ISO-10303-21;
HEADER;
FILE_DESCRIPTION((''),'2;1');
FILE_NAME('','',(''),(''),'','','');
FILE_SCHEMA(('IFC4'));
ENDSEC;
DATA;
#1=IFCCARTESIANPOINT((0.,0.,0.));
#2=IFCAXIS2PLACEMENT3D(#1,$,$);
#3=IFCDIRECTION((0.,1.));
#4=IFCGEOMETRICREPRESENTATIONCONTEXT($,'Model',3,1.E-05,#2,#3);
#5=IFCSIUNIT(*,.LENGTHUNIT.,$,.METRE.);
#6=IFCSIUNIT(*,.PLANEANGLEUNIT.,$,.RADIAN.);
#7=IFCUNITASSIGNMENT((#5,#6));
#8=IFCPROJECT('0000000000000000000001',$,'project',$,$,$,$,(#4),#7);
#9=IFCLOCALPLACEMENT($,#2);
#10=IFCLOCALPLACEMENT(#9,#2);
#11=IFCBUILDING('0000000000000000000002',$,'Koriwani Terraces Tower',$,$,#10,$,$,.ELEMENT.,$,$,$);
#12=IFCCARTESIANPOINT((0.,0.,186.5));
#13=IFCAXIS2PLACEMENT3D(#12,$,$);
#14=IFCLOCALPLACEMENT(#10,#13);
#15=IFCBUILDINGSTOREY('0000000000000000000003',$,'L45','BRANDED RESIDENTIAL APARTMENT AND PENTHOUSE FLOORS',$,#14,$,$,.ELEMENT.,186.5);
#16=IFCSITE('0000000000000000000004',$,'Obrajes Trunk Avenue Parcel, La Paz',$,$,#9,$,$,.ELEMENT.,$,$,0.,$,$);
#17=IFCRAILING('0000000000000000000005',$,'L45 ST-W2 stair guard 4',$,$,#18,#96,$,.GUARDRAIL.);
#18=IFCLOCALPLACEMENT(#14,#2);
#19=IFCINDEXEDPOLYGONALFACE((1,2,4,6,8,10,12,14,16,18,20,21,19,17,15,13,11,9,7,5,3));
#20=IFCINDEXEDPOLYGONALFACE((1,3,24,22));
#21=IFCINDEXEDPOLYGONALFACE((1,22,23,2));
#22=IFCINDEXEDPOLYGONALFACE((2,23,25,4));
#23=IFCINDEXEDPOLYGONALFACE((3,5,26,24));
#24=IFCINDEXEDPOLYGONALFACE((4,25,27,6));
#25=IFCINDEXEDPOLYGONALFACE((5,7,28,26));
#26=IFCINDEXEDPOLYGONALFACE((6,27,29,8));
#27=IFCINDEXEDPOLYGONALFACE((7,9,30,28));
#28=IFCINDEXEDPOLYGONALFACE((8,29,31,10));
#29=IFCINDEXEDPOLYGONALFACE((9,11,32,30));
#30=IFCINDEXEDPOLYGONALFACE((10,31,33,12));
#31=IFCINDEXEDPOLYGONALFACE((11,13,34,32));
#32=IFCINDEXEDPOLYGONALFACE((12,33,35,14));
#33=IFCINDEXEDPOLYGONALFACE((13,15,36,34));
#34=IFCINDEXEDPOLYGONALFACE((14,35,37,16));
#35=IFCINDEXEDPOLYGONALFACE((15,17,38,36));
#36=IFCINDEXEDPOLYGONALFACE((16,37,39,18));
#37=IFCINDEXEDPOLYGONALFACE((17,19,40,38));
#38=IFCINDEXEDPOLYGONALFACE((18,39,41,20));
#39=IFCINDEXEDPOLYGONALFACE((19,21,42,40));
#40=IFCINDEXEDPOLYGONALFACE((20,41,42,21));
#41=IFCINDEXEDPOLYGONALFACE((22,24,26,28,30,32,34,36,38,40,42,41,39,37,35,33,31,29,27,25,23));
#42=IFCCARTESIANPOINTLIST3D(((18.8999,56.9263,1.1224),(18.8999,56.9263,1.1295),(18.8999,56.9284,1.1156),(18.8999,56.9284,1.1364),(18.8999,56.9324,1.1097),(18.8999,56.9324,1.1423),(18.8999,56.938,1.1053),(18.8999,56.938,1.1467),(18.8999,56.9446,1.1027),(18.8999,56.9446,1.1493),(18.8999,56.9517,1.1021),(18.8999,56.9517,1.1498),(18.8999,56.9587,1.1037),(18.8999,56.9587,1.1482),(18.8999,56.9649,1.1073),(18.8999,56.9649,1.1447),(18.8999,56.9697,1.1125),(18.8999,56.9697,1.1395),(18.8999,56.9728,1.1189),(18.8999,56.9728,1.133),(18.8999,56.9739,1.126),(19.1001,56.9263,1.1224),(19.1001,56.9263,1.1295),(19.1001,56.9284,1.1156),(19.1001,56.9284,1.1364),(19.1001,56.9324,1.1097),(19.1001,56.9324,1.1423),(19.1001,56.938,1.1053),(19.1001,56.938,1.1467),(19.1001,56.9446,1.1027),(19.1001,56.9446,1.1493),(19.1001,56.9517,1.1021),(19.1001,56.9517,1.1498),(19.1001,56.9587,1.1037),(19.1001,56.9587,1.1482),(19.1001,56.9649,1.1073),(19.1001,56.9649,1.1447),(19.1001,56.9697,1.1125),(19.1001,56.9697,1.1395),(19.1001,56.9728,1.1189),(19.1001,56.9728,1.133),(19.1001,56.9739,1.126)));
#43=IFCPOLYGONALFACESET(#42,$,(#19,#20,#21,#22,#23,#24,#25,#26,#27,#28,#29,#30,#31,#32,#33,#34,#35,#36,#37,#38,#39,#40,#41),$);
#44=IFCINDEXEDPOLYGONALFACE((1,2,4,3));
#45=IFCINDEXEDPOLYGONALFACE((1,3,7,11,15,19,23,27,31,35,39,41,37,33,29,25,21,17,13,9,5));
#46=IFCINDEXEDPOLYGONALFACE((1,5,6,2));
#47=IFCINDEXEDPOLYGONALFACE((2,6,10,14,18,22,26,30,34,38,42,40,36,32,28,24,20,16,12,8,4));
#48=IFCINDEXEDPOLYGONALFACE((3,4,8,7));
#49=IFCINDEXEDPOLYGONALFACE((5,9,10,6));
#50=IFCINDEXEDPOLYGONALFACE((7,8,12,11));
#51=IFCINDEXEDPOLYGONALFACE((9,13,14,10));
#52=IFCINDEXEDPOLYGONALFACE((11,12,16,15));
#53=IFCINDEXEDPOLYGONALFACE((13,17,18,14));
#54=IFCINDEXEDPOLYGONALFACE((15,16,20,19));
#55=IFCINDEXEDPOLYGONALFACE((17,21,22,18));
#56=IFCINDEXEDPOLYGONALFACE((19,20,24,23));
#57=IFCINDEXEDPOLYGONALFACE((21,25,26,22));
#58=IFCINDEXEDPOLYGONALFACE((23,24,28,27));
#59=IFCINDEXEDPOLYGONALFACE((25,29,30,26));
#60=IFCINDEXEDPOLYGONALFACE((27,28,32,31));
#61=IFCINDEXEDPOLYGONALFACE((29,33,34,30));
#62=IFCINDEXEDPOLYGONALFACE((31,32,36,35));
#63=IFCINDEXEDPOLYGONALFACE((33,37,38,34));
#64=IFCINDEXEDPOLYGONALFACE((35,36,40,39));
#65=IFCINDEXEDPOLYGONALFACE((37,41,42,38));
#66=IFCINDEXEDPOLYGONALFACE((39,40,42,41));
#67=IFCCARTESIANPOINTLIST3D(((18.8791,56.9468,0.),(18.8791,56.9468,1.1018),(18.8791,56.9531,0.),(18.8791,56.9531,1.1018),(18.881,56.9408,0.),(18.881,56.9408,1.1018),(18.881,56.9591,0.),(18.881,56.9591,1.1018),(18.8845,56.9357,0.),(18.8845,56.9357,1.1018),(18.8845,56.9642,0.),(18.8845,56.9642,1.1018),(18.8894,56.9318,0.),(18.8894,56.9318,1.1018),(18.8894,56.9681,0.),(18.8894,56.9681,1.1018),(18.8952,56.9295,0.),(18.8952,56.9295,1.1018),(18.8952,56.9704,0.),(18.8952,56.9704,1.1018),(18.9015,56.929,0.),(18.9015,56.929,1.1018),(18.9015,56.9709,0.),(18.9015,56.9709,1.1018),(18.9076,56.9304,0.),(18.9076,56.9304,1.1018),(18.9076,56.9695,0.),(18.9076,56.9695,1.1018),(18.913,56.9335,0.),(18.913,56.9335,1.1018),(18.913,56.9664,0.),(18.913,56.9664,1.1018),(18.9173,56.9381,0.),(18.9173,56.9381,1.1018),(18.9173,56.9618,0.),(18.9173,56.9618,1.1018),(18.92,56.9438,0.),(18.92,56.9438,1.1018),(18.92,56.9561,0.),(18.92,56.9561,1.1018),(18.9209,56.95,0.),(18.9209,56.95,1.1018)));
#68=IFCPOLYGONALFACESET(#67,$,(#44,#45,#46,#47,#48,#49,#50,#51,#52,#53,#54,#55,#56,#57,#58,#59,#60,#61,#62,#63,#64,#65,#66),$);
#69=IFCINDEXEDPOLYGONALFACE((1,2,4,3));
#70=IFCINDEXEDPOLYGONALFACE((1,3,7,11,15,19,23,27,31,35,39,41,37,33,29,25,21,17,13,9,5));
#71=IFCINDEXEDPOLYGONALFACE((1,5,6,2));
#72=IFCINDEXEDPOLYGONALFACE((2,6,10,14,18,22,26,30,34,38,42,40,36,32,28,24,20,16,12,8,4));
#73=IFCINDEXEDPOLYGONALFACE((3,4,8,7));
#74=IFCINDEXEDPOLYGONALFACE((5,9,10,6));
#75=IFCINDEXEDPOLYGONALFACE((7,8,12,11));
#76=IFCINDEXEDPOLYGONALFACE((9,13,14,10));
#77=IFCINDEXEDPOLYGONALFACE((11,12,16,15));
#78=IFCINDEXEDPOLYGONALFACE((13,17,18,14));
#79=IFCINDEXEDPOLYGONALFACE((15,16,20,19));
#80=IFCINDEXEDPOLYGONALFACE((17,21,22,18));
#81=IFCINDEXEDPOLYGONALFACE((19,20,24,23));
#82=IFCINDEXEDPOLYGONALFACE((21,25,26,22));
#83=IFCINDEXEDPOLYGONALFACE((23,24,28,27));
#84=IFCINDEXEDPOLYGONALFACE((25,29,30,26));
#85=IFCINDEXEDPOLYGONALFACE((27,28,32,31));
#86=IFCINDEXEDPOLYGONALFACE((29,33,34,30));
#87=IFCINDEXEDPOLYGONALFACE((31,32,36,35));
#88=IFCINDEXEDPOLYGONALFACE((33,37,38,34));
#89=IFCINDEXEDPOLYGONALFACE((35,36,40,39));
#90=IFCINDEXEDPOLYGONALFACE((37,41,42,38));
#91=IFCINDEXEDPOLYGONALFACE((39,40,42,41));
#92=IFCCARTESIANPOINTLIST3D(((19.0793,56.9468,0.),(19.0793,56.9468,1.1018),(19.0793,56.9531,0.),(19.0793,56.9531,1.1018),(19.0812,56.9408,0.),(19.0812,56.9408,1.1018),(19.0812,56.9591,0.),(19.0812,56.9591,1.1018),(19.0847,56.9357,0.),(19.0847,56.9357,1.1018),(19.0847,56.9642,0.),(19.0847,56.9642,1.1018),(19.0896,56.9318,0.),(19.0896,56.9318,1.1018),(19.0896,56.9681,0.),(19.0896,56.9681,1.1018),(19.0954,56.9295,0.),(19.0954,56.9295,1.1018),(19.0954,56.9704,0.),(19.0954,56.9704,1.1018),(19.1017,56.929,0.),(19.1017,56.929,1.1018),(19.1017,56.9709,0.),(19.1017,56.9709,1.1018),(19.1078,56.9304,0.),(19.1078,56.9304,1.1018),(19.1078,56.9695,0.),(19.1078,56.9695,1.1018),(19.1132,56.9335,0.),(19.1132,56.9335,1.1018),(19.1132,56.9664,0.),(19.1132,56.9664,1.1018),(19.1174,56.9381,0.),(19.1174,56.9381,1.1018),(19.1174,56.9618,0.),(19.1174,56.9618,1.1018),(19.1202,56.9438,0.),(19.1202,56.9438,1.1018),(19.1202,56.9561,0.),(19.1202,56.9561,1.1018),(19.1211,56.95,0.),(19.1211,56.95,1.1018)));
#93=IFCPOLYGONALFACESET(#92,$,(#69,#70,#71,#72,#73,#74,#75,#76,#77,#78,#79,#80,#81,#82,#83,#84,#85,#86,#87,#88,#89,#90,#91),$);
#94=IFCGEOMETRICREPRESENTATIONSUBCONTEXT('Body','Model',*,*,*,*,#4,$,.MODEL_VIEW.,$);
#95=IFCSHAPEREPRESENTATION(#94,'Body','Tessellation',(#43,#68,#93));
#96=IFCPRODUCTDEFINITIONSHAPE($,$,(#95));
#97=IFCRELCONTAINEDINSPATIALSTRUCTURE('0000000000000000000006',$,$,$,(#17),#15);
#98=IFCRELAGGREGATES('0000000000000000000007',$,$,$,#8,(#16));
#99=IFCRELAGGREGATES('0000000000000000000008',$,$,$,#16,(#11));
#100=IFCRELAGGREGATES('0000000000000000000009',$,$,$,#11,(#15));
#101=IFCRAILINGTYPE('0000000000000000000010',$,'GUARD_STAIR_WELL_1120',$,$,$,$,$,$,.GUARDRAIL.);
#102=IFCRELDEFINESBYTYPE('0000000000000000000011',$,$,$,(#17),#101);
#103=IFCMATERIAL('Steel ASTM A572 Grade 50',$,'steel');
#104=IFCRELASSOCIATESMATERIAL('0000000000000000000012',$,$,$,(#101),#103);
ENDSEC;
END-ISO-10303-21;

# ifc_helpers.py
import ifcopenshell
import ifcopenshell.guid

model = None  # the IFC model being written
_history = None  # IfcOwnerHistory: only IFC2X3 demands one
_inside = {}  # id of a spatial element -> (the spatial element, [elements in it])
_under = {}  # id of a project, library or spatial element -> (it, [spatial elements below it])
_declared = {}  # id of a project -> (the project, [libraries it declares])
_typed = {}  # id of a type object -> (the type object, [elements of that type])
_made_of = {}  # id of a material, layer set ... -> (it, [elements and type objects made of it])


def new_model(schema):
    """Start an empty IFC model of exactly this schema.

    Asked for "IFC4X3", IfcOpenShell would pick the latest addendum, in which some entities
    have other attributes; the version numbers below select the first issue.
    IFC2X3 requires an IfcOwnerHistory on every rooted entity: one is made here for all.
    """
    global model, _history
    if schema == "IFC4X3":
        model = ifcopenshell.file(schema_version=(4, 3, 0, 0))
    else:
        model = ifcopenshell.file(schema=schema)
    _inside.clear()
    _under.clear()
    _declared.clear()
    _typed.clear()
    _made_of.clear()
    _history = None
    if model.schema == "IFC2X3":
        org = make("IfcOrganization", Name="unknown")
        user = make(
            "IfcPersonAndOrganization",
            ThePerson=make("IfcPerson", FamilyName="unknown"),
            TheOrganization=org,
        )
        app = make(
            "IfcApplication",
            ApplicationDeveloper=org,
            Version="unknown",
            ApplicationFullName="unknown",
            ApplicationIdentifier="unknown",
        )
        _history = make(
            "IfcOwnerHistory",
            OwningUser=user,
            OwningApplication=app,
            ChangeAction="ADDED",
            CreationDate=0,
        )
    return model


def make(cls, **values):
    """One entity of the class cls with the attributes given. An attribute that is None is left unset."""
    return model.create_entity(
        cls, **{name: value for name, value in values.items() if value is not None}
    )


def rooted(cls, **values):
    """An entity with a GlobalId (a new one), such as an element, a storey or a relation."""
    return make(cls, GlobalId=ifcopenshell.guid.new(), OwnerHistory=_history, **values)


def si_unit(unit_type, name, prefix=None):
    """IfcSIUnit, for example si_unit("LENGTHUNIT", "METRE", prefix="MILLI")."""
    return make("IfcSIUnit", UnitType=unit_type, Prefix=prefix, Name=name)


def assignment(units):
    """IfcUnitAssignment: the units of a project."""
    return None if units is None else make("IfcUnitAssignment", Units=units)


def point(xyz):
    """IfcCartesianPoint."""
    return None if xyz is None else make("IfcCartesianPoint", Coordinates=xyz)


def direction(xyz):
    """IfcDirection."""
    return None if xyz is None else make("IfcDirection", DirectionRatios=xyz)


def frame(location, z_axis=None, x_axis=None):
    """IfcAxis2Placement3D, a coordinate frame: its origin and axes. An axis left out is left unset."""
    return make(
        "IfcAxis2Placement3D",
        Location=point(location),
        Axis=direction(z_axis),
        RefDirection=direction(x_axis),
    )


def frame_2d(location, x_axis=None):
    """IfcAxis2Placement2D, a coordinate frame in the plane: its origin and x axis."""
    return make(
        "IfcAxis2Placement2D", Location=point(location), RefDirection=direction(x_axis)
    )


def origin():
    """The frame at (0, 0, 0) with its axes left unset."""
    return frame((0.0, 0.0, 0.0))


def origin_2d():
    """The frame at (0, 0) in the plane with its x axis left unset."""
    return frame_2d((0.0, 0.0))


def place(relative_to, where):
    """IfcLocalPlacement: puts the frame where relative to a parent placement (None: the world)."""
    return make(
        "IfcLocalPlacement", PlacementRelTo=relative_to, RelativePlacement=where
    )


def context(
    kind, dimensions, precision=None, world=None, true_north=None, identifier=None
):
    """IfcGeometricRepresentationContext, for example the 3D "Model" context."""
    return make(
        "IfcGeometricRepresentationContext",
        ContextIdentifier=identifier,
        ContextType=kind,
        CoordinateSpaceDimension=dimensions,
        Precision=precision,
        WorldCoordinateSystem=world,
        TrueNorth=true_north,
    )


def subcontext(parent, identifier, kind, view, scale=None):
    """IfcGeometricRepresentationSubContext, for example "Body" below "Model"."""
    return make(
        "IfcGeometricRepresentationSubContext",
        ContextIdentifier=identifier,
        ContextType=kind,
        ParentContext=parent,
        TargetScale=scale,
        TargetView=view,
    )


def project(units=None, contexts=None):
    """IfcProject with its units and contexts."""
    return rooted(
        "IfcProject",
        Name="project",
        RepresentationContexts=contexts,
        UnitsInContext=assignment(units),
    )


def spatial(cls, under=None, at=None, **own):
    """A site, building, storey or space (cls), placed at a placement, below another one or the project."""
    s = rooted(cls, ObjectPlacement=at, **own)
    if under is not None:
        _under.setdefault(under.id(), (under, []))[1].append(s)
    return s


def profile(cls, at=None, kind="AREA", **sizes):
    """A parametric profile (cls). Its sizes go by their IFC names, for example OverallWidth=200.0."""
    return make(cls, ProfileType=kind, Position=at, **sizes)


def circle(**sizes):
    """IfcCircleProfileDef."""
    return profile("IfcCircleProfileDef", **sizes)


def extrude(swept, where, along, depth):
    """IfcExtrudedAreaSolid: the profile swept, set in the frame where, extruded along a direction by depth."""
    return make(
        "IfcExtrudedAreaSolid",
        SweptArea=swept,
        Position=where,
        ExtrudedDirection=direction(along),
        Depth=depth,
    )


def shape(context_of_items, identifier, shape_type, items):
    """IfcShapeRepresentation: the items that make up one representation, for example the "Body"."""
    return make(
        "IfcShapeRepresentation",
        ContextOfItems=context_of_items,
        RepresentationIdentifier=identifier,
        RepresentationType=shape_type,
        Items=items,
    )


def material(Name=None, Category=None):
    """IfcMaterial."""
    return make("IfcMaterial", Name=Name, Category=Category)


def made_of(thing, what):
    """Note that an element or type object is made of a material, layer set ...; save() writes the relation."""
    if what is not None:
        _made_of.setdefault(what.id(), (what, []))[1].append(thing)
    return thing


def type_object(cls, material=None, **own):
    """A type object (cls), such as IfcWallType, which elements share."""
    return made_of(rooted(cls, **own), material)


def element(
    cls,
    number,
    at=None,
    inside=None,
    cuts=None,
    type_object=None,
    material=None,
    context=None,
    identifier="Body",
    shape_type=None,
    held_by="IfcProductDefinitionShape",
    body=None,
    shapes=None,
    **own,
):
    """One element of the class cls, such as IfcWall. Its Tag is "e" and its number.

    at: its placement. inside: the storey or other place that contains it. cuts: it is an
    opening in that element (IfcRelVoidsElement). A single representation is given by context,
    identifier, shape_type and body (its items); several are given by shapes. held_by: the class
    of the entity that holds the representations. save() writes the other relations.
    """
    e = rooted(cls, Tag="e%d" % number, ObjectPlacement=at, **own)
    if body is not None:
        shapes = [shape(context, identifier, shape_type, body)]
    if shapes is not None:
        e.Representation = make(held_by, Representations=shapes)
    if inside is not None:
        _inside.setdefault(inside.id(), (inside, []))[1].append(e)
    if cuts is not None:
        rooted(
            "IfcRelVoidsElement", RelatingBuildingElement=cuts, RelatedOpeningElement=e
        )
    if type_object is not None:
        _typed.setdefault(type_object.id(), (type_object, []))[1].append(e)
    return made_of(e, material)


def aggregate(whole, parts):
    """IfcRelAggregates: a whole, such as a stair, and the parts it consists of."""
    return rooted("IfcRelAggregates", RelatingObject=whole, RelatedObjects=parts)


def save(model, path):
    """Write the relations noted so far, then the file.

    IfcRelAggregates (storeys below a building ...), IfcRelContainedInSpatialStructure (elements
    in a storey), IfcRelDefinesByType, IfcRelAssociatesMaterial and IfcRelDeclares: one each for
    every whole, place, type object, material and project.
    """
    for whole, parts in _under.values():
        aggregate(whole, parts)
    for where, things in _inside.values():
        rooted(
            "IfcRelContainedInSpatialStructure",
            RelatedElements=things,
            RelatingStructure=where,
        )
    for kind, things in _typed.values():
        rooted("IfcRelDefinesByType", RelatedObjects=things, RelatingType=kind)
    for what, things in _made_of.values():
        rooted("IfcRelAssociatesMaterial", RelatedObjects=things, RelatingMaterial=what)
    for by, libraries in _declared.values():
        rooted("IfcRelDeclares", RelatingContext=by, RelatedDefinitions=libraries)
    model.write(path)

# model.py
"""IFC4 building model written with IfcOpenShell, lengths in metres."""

from ifc_helpers import new_model, si_unit, direction, frame, origin, origin_2d, place, context, subcontext, project, spatial, circle, extrude, material, type_object, element, save


model = new_model("IFC4")

# Units and contexts
model_context = context("Model", 3, precision=1e-05, world=origin(), true_north=direction((0.0, 1.0)))
body_context = subcontext(model_context, "Body", "Model", "MODEL_VIEW")
ifc_project = project(units=[si_unit("LENGTHUNIT", "METRE"), si_unit("PLANEANGLEUNIT", "RADIAN")], contexts=[model_context])

# Site, building, storey
site_placement = place(None, origin())
site = spatial("IfcSite", under=ifc_project, at=site_placement, Name="Obrajes Trunk Avenue Parcel, La Paz", CompositionType="ELEMENT", RefElevation=0.0)
building_placement = place(site_placement, origin())
building = spatial("IfcBuilding", under=site, at=building_placement, Name="Koriwani Terraces Tower", CompositionType="ELEMENT")
storey_placement = place(building_placement, frame((0.0, 0.0, 186.5)))
storey = spatial("IfcBuildingStorey", under=building, at=storey_placement, Name="L45", Description="BRANDED RESIDENTIAL APARTMENT AND PENTHOUSE FLOORS", CompositionType="ELEMENT", Elevation=186.5)

# Shared definitions
ifc_material_1 = material(Name="Steel ASTM A572 Grade 50", Category="steel")

# Railing
railing_type_1 = type_object("IfcRailingType", Name="GUARD_STAIR_WELL_1120", PredefinedType="GUARDRAIL", material=ifc_material_1)
railing_1_placement = place(storey_placement, frame((18.8999, 56.95, 0.0)))
element("IfcRailing", 1, at=railing_1_placement, inside=storey, type_object=railing_type_1, Name="L45 ST-W2 stair guard 4", PredefinedType="GUARDRAIL", context=body_context, shape_type="SweptSolid", body=[
    extrude(circle(Radius=0.0239, at=origin_2d()), frame((0.0, 0.0, 1.126), z_axis=(1.0, 0.0, 0.0), x_axis=(0.0, 1.0, 0.0)), (0.0, 0.0, 1.0), 0.2002),
    extrude(circle(Radius=0.021, at=origin_2d()), origin(), (0.0, 0.0, 1.0), 1.1018),
    extrude(circle(Radius=0.021, at=origin_2d()), frame((0.2002, 0.0, 0.0)), (0.0, 0.0, 1.0), 1.1018),
])

save(model, "model.ifc")
